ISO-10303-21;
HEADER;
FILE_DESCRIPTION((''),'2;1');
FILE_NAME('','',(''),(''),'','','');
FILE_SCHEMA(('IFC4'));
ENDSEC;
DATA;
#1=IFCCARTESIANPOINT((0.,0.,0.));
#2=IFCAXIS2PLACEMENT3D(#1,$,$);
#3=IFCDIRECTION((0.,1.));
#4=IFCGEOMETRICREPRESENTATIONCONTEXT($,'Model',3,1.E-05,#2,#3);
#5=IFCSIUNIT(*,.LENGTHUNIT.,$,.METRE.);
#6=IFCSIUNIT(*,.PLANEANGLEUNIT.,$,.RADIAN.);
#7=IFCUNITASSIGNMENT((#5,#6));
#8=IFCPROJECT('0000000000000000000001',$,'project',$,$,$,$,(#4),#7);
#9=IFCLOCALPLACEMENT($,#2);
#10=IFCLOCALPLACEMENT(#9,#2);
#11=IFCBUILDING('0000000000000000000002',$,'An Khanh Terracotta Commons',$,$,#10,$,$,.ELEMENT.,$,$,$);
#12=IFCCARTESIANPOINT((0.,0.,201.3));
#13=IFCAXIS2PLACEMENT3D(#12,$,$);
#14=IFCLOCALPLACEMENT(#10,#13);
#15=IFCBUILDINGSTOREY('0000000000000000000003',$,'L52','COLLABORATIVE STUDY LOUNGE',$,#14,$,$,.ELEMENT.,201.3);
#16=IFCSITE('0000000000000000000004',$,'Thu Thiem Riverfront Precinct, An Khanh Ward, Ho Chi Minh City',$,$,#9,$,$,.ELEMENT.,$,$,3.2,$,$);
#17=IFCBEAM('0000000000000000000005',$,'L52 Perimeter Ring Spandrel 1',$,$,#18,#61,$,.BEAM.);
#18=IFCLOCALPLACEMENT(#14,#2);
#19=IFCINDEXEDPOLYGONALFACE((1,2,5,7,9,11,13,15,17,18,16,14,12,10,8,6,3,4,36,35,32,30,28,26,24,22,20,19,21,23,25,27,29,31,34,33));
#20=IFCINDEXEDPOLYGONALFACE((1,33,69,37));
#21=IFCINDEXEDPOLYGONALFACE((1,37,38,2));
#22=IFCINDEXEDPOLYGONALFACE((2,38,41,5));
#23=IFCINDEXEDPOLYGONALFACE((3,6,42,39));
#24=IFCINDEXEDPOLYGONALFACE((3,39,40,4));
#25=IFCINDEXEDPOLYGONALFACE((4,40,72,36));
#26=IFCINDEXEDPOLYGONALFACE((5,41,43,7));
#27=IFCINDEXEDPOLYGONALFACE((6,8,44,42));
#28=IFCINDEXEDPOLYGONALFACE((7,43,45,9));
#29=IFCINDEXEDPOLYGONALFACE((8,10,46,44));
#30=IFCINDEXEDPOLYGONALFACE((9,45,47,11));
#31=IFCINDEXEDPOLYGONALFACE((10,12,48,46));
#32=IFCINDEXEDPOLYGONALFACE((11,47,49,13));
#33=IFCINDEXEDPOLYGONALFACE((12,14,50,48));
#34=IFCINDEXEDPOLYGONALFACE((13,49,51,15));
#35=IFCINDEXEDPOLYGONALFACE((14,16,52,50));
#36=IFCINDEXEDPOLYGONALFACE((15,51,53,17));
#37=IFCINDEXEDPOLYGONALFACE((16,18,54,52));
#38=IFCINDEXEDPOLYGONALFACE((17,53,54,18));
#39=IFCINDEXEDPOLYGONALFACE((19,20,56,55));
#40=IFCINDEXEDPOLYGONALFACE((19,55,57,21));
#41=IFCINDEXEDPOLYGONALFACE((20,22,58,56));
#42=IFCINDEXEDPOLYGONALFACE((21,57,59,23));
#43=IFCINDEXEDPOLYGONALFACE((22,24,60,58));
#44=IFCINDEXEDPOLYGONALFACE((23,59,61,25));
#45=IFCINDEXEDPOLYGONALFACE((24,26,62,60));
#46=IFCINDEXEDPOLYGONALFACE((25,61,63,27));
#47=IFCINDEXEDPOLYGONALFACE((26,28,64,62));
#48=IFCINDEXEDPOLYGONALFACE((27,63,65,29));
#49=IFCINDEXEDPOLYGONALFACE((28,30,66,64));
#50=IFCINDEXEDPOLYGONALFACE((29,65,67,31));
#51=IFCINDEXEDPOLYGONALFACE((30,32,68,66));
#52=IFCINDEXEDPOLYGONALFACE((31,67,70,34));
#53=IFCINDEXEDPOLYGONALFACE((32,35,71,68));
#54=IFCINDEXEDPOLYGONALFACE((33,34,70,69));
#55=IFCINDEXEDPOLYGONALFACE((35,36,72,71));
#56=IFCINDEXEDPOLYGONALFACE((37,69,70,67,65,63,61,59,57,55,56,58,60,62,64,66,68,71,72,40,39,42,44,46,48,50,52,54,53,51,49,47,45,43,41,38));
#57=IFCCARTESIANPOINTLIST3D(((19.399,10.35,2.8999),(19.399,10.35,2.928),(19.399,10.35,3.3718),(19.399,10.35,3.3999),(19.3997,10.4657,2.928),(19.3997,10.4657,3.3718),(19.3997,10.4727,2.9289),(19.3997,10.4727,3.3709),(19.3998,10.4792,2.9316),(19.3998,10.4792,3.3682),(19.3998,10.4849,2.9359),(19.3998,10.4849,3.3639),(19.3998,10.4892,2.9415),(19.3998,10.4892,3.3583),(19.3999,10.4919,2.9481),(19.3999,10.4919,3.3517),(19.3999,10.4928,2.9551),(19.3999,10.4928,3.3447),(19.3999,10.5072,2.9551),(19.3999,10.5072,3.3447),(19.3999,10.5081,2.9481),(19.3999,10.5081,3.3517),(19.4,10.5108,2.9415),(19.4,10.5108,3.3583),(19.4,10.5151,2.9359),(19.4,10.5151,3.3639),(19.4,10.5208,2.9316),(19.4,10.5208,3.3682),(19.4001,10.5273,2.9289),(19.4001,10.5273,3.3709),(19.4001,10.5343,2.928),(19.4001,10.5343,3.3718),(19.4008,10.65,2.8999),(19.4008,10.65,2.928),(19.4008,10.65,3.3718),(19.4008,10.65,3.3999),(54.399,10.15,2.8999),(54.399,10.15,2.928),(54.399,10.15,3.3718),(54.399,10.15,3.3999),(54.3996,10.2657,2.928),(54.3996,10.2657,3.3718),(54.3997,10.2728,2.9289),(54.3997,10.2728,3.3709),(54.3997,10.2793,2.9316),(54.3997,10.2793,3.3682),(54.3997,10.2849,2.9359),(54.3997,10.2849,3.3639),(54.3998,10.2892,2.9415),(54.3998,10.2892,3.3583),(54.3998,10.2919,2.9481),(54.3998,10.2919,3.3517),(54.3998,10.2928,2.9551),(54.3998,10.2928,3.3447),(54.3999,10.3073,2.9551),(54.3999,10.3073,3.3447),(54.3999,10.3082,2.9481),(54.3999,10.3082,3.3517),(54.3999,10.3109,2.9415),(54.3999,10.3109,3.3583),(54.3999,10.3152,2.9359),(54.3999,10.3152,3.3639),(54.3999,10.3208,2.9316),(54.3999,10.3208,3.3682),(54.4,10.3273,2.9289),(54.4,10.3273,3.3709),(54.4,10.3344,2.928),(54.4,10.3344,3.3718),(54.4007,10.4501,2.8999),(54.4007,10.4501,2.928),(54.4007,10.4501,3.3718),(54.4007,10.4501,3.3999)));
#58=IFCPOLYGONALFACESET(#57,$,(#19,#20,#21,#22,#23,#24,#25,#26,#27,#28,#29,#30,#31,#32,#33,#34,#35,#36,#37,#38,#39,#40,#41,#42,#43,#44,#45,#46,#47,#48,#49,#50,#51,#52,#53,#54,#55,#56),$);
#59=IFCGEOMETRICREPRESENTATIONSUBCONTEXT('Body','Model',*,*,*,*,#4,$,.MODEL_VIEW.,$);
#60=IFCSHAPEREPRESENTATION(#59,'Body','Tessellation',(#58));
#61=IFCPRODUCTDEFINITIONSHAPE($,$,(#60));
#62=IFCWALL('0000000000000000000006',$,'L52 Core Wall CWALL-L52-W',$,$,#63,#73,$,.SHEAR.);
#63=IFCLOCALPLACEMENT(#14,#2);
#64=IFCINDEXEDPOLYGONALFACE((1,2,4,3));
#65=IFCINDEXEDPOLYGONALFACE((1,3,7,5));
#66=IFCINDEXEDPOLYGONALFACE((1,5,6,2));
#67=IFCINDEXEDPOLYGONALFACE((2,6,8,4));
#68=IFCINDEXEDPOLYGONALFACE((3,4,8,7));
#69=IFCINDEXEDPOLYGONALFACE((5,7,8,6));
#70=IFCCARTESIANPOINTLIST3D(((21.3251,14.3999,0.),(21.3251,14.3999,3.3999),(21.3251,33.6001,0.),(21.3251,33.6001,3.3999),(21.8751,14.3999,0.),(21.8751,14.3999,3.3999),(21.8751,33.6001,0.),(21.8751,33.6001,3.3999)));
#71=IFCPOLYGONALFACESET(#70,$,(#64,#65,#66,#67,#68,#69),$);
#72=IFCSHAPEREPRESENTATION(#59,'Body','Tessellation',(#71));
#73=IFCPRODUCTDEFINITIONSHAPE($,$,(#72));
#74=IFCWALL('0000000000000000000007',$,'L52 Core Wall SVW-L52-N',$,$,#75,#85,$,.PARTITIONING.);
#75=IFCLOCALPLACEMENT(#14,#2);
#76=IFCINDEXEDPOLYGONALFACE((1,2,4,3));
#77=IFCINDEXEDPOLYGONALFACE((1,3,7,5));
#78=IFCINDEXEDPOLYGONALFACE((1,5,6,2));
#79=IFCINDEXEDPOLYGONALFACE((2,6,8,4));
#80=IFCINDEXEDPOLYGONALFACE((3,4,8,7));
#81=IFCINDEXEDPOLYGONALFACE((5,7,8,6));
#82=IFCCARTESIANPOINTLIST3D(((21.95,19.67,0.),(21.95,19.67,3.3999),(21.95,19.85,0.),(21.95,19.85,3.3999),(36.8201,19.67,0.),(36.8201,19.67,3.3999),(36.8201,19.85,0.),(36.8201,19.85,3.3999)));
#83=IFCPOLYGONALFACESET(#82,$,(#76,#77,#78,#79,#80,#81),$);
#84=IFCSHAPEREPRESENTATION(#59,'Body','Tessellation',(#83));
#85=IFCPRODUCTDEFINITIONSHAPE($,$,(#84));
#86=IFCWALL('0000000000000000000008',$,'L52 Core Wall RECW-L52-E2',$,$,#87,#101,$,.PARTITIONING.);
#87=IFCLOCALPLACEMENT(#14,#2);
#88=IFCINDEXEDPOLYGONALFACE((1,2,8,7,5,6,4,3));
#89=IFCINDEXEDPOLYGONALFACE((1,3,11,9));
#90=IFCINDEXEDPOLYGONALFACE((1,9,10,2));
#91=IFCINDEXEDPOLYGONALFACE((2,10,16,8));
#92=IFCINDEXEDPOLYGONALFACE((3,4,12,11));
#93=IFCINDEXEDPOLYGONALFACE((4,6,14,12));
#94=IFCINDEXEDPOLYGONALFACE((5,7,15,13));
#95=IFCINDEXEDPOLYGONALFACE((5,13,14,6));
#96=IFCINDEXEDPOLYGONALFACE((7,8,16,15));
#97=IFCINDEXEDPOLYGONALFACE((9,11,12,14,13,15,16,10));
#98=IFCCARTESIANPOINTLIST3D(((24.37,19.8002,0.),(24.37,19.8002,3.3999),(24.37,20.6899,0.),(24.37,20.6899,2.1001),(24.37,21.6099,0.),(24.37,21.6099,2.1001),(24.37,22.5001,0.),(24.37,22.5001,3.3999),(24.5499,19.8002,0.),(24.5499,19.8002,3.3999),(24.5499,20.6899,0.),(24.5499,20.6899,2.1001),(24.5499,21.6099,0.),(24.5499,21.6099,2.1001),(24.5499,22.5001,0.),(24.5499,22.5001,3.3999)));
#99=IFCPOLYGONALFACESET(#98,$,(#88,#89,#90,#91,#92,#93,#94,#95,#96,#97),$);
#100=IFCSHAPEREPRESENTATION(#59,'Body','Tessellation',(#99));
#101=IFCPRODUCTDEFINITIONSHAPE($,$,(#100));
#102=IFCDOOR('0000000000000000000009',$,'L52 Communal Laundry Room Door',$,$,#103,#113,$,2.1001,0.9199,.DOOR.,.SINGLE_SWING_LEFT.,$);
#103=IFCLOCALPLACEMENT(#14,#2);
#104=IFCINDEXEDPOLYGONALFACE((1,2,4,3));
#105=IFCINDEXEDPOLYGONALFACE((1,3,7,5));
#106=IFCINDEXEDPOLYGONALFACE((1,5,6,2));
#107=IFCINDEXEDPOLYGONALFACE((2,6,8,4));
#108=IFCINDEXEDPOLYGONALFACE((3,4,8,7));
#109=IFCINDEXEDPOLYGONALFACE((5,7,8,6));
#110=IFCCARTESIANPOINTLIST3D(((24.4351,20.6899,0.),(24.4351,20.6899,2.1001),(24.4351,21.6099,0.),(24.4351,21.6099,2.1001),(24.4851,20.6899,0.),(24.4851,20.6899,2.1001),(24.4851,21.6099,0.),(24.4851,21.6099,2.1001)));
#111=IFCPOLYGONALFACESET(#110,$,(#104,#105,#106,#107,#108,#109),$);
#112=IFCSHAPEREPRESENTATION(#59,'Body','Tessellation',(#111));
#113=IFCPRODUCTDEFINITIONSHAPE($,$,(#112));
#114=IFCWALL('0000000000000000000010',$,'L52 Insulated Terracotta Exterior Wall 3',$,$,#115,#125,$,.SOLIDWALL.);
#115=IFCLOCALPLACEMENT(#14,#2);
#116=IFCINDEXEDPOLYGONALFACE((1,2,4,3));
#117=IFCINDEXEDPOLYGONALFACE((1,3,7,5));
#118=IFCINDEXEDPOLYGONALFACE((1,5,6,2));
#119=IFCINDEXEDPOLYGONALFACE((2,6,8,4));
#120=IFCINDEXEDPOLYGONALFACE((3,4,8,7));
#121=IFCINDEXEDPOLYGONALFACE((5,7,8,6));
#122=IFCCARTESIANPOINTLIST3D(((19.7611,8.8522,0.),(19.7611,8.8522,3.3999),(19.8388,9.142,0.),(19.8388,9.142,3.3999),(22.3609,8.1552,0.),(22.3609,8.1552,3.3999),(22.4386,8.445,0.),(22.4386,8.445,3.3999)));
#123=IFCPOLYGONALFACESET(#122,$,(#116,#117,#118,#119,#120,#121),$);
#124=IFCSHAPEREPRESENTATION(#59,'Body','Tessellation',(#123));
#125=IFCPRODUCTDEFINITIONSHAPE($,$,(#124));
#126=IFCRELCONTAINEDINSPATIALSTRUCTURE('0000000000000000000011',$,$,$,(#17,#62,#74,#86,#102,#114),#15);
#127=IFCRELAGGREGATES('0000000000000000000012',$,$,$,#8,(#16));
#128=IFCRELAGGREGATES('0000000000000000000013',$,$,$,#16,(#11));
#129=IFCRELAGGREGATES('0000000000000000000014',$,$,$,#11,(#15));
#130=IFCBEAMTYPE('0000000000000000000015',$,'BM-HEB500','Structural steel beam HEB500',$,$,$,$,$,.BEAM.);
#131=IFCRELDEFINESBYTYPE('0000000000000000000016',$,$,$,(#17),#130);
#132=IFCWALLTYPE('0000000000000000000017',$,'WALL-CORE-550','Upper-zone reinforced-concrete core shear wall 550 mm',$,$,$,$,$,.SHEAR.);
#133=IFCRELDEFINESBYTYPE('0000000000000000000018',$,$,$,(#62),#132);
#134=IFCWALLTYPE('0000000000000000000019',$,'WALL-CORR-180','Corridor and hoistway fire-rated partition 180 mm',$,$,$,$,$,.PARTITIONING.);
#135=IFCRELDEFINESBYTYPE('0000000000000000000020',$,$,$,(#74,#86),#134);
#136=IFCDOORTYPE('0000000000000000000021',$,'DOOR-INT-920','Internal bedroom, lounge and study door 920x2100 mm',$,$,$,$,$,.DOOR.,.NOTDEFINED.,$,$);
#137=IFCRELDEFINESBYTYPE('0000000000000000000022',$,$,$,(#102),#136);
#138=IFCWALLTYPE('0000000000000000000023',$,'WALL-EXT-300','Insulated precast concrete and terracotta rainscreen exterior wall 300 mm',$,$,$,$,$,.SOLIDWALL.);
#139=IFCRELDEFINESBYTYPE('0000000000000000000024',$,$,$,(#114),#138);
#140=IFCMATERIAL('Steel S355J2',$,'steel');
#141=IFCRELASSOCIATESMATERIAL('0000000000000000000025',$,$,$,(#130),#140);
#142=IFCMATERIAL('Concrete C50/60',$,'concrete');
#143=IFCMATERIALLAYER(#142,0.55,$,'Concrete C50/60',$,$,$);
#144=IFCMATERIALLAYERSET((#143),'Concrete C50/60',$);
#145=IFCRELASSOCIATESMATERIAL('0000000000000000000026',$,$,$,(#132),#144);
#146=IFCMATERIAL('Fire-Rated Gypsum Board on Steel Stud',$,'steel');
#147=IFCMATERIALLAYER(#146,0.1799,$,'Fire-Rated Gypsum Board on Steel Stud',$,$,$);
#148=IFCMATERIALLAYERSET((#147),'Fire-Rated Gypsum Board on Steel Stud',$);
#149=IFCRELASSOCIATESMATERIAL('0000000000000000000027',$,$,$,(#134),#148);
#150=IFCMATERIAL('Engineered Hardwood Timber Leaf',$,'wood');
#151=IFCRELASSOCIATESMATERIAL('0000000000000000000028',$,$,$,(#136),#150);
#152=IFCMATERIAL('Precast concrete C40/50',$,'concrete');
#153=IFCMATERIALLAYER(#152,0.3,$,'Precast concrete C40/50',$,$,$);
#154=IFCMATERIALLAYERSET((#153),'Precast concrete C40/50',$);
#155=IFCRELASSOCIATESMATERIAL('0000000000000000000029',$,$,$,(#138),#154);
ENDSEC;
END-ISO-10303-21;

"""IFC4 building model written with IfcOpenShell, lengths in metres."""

from ifc_helpers import new_model, si_unit, direction, frame, frame_2d, origin, origin_2d, place, context, subcontext, project, spatial, rectangle, i_section, extrude, material, layer, layer_set, material_profile, profile_set, type_object, element, fill, save


model = new_model("IFC4")

# Units and contexts
model_context = context("Model", 3, precision=1e-05, world=origin(), true_north=direction((0.0, 1.0)))
body_context = subcontext(model_context, "Body", "Model", "MODEL_VIEW")
ifc_project = project(units=[si_unit("LENGTHUNIT", "METRE"), si_unit("PLANEANGLEUNIT", "RADIAN")], contexts=[model_context])

# Site, building, storey
site_placement = place(None, origin())
site = spatial("IfcSite", under=ifc_project, at=site_placement, Name="Thu Thiem Riverfront Precinct, An Khanh Ward, Ho Chi Minh City", CompositionType="ELEMENT", RefElevation=3.2)
building_placement = place(site_placement, origin())
building = spatial("IfcBuilding", under=site, at=building_placement, Name="An Khanh Terracotta Commons", CompositionType="ELEMENT")
storey_placement = place(building_placement, frame((0.0, 0.0, 201.3)))
storey = spatial("IfcBuildingStorey", under=building, at=storey_placement, Name="L52", Description="COLLABORATIVE STUDY LOUNGE", CompositionType="ELEMENT", Elevation=201.3)

# Beam
ifc_material_1 = material(Name="Steel S355J2", Category="steel")
ifc_material_profile_1 = material_profile(ifc_material_1, i_section(OverallWidth=0.3, OverallDepth=0.5, WebThickness=0.0144, FlangeThickness=0.0281, FilletRadius=0.0271, at=origin_2d()), Name="HEB500")
ifc_profile_set_1 = profile_set([ifc_material_profile_1], Name="Steel S355J2")
beam_type_1 = type_object("IfcBeamType", Name="BM-HEB500", Description="Structural steel beam HEB500", PredefinedType="BEAM", material=ifc_profile_set_1)
beam_1_placement = place(storey_placement, frame((19.3999, 10.5, 3.1499), z_axis=(0.999984, -0.005713, 0.0), x_axis=(0.005713, 0.999984, 0.0)))
element("IfcBeam", 1, at=beam_1_placement, inside=storey, type_object=beam_type_1, Name="L52 Perimeter Ring Spandrel 1", PredefinedType="BEAM", context=body_context, shape_type="SweptSolid", body=[
    extrude(i_section(OverallWidth=0.3, OverallDepth=0.5, WebThickness=0.0144, FlangeThickness=0.0281, FilletRadius=0.0271, at=origin_2d()), origin(), (0.0, 0.0, 1.0), 35.0005),
])

# Walls
ifc_material_2 = material(Name="Concrete C50/60", Category="concrete")
ifc_layer_1 = layer(ifc_material_2, 0.55, Name="Concrete C50/60")
ifc_layer_set_1 = layer_set([ifc_layer_1], Name="Concrete C50/60")
wall_type_1 = type_object("IfcWallType", Name="WALL-CORE-550", Description="Upper-zone reinforced-concrete core shear wall 550 mm", PredefinedType="SHEAR", material=ifc_layer_set_1)
wall_1_placement = place(storey_placement, frame((21.6001, 14.3999, 0.0), z_axis=(0.0, 0.0, 1.0), x_axis=(0.0, 1.0, 0.0)))
element("IfcWall", 2, at=wall_1_placement, inside=storey, type_object=wall_type_1, Name="L52 Core Wall CWALL-L52-W", PredefinedType="SHEAR", context=body_context, shape_type="SweptSolid", body=[
    extrude(rectangle(XDim=19.2002, YDim=0.55, at=frame_2d((9.6001, 0.0))), origin(), (0.0, 0.0, 1.0), 3.3999),
])
ifc_material_3 = material(Name="Fire-Rated Gypsum Board on Steel Stud", Category="steel")
ifc_layer_2 = layer(ifc_material_3, 0.1799, Name="Fire-Rated Gypsum Board on Steel Stud")
ifc_layer_set_2 = layer_set([ifc_layer_2], Name="Fire-Rated Gypsum Board on Steel Stud")
wall_type_2 = type_object("IfcWallType", Name="WALL-CORR-180", Description="Corridor and hoistway fire-rated partition 180 mm", PredefinedType="PARTITIONING", material=ifc_layer_set_2)
wall_2_placement = place(storey_placement, frame((21.95, 19.76, 0.0), z_axis=(0.0, 0.0, 1.0), x_axis=(1.0, 0.0, 0.0)))
element("IfcWall", 3, at=wall_2_placement, inside=storey, type_object=wall_type_2, Name="L52 Core Wall SVW-L52-N", PredefinedType="PARTITIONING", context=body_context, shape_type="SweptSolid", body=[
    extrude(rectangle(XDim=14.8701, YDim=0.1799, at=frame_2d((7.4351, 0.0))), origin(), (0.0, 0.0, 1.0), 3.3999),
])

# Wall, opening, door
wall_3_placement = place(storey_placement, frame((24.46, 19.8, 0.0), z_axis=(0.0, 0.0, 1.0), x_axis=(0.0, 1.0, 0.0)))
wall_3 = element("IfcWall", 4, at=wall_3_placement, inside=storey, type_object=wall_type_2, Name="L52 Core Wall RECW-L52-E2", PredefinedType="PARTITIONING", context=body_context, shape_type="SweptSolid", body=[
    extrude(rectangle(XDim=2.7, YDim=0.1799, at=frame_2d((1.3501, 0.0))), origin(), (0.0, 0.0, 1.0), 3.3999),
])
opening_1_placement = place(wall_3_placement, frame((0.8899, 0.0, 0.0)))
opening_1 = element("IfcOpeningElement", 5, at=opening_1_placement, cuts=wall_3, PredefinedType="OPENING", context=body_context, shape_type="SweptSolid", body=[
    extrude(rectangle(XDim=0.9199, YDim=2.1001, at=frame_2d((0.46, 1.05))), frame((0.0, 0.0999, 0.0), z_axis=(0.0, -1.0, 0.0), x_axis=(1.0, 0.0, 0.0)), (0.0, 0.0, 1.0), 0.2),
])
ifc_material_4 = material(Name="Engineered Hardwood Timber Leaf", Category="wood")
door_type_1 = type_object("IfcDoorType", Name="DOOR-INT-920", Description="Internal bedroom, lounge and study door 920x2100 mm", OperationType="NOTDEFINED", PredefinedType="DOOR", material=ifc_material_4)
door_1_placement = place(opening_1_placement, origin())
door_1 = element("IfcDoor", 6, at=door_1_placement, inside=storey, type_object=door_type_1, Name="L52 Communal Laundry Room Door", OperationType="SINGLE_SWING_LEFT", OverallHeight=2.1001, OverallWidth=0.9199, PredefinedType="DOOR", context=body_context, shape_type="SweptSolid", body=[
    extrude(rectangle(XDim=0.9199, YDim=2.1001, at=frame_2d((0.46, 1.05))), frame((0.0, 0.0249, 0.0), z_axis=(0.0, -1.0, 0.0), x_axis=(1.0, 0.0, 0.0)), (0.0, 0.0, 1.0), 0.05),
])
fill(opening_1, door_1)

# Wall
ifc_material_5 = material(Name="Precast concrete C40/50", Category="concrete")
ifc_layer_3 = layer(ifc_material_5, 0.3, Name="Precast concrete C40/50")
ifc_layer_set_3 = layer_set([ifc_layer_3], Name="Precast concrete C40/50")
wall_type_3 = type_object("IfcWallType", Name="WALL-EXT-300", Description="Insulated precast concrete and terracotta rainscreen exterior wall 300 mm", PredefinedType="SOLIDWALL", material=ifc_layer_set_3)
wall_4_placement = place(storey_placement, frame((19.8, 8.9971, 0.0), z_axis=(0.0, 0.0, 1.0), x_axis=(0.965889, -0.258955, 0.0)))
element("IfcWall", 7, at=wall_4_placement, inside=storey, type_object=wall_type_3, Name="L52 Insulated Terracotta Exterior Wall 3", PredefinedType="SOLIDWALL", context=body_context, shape_type="SweptSolid", body=[
    extrude(rectangle(XDim=2.6917, YDim=0.3, at=frame_2d((1.3457, 0.0))), origin(), (0.0, 0.0, 1.0), 3.3999),
])

save(model, "model.ifc")
